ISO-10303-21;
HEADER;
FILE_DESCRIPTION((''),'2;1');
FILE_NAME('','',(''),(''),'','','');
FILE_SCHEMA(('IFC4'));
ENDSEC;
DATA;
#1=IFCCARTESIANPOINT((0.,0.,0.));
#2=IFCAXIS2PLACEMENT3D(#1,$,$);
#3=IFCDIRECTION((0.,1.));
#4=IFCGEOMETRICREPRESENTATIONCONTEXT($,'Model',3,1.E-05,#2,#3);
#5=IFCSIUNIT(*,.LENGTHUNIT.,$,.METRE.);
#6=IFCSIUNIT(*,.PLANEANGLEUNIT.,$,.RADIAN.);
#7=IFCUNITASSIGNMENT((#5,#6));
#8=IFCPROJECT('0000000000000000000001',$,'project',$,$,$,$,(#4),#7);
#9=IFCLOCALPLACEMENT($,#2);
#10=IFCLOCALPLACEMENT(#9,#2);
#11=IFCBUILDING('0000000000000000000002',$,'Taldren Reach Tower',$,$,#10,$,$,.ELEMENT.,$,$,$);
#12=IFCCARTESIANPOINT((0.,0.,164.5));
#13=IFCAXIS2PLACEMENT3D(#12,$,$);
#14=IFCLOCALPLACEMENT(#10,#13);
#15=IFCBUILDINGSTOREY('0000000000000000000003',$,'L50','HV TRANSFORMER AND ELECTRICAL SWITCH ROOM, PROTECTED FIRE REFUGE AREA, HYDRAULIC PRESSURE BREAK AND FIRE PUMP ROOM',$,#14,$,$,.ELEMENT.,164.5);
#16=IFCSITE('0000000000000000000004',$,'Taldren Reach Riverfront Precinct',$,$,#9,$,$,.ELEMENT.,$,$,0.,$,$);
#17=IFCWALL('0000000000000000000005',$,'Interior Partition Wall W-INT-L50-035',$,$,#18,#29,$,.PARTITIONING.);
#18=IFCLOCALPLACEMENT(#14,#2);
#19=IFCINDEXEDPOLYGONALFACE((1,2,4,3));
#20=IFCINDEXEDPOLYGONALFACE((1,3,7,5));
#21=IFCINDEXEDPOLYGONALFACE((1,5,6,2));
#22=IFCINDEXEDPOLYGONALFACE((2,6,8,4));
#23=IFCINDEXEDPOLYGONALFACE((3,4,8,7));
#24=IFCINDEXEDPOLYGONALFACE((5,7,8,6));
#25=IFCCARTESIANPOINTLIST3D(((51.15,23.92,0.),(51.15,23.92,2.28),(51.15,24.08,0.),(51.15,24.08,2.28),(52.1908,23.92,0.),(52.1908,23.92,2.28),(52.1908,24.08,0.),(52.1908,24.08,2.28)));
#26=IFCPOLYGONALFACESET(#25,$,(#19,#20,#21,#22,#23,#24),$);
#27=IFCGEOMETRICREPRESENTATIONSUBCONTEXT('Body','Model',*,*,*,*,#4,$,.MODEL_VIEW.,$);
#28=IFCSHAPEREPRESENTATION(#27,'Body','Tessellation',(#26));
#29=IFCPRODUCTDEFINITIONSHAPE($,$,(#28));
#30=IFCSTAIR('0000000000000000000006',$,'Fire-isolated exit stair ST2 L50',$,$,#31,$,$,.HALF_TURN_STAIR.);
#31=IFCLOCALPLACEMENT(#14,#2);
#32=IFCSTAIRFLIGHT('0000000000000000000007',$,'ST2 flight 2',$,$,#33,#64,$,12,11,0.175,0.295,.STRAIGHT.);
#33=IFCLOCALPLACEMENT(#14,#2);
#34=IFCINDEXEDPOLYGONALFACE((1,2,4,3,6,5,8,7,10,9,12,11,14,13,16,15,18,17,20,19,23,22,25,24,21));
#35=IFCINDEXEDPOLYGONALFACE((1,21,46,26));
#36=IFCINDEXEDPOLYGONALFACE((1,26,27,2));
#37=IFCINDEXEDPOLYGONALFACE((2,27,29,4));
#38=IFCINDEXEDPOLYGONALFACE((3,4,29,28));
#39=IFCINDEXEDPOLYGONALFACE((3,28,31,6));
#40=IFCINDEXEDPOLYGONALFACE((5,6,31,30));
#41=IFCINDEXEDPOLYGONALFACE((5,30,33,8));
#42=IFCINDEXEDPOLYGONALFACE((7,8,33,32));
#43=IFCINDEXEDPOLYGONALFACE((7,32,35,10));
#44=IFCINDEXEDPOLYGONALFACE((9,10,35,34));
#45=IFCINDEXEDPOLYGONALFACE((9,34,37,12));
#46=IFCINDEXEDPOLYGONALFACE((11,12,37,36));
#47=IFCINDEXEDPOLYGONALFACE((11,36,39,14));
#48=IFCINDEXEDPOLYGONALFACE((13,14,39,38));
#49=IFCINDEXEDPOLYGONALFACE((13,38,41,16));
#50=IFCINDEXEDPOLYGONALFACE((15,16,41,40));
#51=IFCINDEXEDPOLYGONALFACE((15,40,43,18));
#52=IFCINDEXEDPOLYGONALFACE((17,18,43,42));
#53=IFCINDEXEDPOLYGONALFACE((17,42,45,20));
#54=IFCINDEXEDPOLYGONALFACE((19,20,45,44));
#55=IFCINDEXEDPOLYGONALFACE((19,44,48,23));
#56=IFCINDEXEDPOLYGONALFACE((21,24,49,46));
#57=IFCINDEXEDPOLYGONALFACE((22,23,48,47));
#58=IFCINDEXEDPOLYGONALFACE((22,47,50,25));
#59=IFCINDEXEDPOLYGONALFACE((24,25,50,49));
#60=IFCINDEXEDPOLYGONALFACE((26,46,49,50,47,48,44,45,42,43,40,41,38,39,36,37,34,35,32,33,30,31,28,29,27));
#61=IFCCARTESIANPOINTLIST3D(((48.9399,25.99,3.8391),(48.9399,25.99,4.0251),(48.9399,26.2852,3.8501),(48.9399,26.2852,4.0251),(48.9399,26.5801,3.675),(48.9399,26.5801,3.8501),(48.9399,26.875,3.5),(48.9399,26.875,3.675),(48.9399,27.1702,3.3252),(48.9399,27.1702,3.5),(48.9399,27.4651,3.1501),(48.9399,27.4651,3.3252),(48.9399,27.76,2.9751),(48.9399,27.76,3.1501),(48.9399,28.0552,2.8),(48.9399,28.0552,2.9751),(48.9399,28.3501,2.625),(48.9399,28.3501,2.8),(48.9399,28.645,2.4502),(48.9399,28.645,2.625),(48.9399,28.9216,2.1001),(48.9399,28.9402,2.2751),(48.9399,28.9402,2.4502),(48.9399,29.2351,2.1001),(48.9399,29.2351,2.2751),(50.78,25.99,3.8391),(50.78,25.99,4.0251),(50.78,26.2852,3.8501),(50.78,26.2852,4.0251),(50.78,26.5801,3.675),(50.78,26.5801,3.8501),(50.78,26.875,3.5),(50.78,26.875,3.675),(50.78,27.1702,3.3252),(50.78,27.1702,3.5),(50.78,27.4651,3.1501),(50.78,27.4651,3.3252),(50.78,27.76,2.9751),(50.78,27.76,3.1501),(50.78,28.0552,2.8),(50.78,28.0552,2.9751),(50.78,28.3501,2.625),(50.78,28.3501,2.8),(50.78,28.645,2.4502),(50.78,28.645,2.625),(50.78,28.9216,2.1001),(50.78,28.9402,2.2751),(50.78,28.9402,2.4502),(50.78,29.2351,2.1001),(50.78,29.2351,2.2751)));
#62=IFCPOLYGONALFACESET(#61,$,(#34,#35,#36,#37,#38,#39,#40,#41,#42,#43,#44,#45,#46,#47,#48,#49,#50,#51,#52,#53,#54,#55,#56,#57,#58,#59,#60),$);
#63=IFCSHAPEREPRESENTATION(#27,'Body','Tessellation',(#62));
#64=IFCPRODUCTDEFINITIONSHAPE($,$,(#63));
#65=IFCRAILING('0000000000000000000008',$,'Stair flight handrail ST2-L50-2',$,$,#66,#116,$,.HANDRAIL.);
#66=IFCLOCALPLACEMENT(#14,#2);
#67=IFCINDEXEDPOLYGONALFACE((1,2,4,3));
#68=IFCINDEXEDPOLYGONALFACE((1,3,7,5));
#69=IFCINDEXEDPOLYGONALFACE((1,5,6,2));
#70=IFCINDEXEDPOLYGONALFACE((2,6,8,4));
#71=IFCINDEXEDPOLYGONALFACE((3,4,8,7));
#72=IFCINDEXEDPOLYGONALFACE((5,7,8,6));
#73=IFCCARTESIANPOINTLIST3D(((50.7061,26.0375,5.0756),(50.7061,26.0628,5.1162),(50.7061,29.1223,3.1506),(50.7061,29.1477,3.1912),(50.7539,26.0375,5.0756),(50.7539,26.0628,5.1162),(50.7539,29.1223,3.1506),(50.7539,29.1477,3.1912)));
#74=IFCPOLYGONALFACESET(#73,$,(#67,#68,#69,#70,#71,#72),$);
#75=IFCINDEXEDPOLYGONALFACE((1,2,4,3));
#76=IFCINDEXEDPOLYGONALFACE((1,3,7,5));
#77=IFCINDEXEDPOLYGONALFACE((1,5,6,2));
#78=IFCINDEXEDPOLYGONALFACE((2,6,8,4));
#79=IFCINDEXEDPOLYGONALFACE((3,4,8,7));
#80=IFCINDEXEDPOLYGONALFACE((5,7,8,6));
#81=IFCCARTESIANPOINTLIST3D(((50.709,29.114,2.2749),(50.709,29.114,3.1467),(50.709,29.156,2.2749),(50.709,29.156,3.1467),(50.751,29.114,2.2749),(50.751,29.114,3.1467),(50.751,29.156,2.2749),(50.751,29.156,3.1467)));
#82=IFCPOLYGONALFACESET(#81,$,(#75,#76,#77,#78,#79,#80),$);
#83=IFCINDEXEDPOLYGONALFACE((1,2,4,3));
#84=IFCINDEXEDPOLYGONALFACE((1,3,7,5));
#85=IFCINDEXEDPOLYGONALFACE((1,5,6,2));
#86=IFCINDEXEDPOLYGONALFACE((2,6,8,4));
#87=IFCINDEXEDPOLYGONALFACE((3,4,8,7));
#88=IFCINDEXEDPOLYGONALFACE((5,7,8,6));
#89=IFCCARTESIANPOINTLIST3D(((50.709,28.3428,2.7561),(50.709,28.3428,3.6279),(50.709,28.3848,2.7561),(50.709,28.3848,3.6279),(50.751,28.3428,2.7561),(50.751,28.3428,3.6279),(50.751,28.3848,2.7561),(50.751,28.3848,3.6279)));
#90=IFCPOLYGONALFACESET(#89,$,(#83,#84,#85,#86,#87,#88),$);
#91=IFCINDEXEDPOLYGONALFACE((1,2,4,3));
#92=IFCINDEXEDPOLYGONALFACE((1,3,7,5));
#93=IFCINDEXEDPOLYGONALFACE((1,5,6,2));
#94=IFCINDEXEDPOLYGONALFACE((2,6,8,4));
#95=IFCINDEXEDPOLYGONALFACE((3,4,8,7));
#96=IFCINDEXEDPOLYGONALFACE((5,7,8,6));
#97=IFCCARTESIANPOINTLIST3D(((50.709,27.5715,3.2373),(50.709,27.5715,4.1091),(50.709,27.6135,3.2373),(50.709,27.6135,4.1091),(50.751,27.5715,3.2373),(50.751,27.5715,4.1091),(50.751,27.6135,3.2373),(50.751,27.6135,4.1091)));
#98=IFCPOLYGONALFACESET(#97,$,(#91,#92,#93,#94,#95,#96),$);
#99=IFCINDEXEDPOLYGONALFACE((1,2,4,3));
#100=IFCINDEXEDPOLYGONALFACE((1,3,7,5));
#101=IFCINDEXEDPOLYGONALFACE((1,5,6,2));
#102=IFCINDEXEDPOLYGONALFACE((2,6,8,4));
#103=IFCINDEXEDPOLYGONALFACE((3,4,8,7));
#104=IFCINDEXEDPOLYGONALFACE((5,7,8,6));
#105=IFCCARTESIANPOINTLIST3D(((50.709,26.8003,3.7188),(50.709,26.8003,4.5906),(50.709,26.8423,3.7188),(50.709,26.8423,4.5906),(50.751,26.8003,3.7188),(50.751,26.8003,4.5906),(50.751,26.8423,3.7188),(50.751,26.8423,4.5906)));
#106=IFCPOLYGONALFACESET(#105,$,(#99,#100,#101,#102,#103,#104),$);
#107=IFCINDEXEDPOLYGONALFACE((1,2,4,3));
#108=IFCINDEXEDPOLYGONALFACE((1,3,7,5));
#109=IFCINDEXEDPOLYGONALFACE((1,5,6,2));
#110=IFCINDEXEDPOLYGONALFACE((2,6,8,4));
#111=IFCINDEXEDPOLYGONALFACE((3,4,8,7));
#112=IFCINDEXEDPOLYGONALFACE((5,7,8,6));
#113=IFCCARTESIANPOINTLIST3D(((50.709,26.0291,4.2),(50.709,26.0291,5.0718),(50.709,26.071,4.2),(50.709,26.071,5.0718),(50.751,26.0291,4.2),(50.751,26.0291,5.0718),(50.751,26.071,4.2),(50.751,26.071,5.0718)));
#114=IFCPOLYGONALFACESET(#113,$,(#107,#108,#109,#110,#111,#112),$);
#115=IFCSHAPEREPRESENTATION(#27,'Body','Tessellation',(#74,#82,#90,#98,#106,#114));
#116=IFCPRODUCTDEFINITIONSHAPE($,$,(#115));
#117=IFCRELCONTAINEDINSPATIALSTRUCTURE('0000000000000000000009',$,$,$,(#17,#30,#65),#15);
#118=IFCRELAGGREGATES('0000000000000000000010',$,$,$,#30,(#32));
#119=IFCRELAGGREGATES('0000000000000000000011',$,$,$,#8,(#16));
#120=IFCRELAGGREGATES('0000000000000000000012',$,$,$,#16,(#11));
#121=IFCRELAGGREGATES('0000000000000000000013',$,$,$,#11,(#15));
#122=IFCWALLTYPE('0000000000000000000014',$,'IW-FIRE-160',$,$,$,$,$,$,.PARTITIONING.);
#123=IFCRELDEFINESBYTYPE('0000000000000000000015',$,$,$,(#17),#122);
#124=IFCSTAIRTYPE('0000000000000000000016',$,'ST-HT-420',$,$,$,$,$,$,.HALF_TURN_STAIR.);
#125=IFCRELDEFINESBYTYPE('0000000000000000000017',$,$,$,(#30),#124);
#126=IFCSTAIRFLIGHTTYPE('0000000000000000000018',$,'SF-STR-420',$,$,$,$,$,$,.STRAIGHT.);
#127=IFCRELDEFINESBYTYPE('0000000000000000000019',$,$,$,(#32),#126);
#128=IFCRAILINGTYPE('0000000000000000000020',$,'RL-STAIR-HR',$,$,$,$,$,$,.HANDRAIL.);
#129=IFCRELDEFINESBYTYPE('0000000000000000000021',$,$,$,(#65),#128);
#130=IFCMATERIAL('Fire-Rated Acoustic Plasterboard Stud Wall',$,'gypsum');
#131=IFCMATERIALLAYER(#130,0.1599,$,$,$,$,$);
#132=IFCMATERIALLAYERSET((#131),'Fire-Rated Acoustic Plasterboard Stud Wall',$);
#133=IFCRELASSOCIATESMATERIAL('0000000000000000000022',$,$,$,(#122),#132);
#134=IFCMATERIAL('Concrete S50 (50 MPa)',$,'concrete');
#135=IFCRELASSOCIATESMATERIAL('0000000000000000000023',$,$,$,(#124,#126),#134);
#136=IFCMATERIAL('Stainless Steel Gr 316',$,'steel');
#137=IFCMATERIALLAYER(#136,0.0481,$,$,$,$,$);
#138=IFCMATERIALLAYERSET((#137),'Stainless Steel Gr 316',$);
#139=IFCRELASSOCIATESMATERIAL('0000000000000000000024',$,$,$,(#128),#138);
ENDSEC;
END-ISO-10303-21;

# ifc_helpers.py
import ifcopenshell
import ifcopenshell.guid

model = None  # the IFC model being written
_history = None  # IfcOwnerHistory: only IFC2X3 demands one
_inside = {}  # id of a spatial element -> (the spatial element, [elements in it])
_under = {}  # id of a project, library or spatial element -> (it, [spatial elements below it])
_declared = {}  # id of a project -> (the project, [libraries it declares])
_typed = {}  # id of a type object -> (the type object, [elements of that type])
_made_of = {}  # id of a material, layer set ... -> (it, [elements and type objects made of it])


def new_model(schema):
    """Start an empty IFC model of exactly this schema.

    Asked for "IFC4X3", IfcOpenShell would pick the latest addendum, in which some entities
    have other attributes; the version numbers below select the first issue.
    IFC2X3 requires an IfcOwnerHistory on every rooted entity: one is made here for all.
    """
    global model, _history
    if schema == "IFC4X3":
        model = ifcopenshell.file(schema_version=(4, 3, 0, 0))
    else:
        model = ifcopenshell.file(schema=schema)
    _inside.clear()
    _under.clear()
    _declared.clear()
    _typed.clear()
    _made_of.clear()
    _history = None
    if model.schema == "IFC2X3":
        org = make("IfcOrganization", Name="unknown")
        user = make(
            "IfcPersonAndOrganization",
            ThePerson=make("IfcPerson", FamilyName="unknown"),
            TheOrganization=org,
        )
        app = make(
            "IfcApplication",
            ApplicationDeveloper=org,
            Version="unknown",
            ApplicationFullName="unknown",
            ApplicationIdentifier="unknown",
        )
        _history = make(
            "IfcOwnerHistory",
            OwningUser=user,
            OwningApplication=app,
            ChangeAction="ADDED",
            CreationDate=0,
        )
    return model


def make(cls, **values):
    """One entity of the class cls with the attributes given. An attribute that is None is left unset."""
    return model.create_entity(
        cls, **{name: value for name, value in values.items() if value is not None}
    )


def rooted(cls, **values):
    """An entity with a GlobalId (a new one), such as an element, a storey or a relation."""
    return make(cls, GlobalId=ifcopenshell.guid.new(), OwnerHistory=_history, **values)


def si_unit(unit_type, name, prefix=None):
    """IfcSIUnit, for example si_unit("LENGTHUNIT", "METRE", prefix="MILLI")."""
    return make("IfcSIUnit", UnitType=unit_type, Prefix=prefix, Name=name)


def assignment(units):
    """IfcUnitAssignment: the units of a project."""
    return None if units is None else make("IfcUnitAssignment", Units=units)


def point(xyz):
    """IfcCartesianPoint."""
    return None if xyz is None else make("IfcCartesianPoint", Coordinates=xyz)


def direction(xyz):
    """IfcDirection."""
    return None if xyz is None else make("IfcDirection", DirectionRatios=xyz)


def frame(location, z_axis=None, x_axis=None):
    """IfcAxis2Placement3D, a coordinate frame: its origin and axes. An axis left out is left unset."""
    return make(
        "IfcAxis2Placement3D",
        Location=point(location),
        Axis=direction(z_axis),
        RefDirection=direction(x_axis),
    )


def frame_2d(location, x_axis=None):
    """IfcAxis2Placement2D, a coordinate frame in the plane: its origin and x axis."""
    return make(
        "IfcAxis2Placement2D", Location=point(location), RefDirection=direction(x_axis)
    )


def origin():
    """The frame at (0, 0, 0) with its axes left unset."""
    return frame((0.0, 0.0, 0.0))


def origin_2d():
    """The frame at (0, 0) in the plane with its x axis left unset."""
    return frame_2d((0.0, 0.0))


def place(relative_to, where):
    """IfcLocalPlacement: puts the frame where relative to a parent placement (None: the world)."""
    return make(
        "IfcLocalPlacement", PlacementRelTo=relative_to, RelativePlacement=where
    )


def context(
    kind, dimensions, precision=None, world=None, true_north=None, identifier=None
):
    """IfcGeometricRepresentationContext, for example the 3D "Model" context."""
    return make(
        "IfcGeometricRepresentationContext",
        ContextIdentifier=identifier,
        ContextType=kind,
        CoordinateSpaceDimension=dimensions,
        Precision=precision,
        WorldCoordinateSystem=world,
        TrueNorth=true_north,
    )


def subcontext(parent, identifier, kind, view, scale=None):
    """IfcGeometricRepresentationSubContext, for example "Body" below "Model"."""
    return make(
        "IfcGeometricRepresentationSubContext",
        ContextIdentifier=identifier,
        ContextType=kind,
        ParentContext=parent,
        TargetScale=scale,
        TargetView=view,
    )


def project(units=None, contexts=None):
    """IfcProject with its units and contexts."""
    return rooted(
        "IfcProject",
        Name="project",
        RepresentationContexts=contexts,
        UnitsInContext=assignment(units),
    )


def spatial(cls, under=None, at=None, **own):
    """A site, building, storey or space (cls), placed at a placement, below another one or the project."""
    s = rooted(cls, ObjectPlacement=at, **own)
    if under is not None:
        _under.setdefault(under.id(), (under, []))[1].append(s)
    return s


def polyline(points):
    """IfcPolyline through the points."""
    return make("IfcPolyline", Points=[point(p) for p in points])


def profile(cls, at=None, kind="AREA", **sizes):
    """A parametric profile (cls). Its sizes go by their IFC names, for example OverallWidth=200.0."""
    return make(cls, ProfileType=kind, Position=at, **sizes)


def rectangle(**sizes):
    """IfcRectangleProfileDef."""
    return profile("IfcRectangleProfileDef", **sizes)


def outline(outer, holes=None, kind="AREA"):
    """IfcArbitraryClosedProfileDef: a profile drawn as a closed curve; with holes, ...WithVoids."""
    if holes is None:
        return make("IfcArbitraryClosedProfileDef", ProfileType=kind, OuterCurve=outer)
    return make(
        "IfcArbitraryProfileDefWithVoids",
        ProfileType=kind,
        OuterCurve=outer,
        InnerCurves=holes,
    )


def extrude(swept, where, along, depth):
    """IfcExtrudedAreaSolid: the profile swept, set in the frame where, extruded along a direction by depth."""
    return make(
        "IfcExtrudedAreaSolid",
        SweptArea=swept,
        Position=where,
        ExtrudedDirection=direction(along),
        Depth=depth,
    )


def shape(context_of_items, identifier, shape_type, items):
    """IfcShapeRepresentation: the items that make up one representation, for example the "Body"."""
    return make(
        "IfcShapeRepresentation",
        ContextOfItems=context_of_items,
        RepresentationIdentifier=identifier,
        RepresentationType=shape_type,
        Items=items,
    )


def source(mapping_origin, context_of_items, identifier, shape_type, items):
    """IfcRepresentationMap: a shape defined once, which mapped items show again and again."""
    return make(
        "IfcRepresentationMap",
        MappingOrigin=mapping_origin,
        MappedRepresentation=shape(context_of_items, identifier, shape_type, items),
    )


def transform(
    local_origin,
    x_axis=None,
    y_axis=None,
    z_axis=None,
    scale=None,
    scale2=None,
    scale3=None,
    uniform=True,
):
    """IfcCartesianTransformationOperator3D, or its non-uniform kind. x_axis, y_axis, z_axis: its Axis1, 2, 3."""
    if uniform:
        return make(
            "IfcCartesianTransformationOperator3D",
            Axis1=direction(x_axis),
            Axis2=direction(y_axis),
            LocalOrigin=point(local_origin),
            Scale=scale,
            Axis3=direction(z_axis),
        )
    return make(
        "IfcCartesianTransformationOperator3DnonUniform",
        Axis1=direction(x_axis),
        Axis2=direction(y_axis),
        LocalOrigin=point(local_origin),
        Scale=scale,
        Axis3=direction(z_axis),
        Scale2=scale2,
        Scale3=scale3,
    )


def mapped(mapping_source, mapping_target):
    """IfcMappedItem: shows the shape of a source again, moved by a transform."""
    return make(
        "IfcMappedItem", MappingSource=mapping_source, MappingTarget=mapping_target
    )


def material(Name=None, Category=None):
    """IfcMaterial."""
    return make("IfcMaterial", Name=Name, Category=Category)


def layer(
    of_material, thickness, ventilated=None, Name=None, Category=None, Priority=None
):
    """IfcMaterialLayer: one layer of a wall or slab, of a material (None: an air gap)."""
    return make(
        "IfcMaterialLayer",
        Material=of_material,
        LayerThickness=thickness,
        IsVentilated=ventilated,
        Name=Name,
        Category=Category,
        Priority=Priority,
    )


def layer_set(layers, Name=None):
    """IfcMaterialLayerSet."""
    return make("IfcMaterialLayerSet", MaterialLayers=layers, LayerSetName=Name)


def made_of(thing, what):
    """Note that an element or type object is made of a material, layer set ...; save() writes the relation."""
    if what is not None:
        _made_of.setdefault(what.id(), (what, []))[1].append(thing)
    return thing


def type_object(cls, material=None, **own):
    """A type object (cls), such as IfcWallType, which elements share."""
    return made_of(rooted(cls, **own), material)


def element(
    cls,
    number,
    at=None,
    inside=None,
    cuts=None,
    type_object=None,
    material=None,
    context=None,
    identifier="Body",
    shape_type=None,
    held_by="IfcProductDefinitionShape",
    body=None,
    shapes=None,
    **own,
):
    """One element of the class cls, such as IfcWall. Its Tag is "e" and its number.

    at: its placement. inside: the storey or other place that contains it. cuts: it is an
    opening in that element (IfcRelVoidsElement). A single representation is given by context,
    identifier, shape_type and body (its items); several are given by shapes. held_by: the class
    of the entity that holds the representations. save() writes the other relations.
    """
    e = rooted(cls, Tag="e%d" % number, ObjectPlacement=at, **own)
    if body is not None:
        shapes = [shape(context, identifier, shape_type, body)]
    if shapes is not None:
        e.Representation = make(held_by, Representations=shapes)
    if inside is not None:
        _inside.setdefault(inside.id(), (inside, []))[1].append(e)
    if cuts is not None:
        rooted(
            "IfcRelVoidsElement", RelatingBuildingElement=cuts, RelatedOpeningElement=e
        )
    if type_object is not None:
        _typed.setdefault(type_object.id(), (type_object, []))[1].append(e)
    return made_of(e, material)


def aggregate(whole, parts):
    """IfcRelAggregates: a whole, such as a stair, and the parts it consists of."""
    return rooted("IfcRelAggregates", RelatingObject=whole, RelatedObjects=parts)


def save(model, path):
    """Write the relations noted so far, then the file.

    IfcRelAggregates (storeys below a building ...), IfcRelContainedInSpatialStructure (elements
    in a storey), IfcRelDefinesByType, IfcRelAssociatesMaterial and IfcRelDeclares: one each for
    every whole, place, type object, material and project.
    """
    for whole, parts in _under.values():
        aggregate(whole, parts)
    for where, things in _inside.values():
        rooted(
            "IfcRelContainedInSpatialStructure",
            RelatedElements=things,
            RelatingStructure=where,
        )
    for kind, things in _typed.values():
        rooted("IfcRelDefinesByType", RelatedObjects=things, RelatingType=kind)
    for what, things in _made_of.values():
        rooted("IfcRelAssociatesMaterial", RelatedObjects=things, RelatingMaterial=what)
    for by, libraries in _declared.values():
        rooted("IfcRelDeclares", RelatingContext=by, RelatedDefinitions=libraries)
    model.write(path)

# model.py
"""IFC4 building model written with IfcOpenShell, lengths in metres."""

from ifc_helpers import new_model, si_unit, direction, frame, frame_2d, origin, origin_2d, place, context, subcontext, project, spatial, polyline, rectangle, outline, extrude, source, transform, mapped, material, layer, layer_set, type_object, element, aggregate, save


model = new_model("IFC4")

# Units and contexts
model_context = context("Model", 3, precision=1e-05, world=origin(), true_north=direction((0.0, 1.0)))
body_context = subcontext(model_context, "Body", "Model", "MODEL_VIEW")
ifc_project = project(units=[si_unit("LENGTHUNIT", "METRE"), si_unit("PLANEANGLEUNIT", "RADIAN")], contexts=[model_context])

# Site, building, storey
site_placement = place(None, origin())
site = spatial("IfcSite", under=ifc_project, at=site_placement, Name="Taldren Reach Riverfront Precinct", CompositionType="ELEMENT", RefElevation=0.0)
building_placement = place(site_placement, origin())
building = spatial("IfcBuilding", under=site, at=building_placement, Name="Taldren Reach Tower", CompositionType="ELEMENT")
storey_placement = place(building_placement, frame((0.0, 0.0, 164.5)))
storey = spatial("IfcBuildingStorey", under=building, at=storey_placement, Name="L50", Description="HV TRANSFORMER AND ELECTRICAL SWITCH ROOM, PROTECTED FIRE REFUGE AREA, HYDRAULIC PRESSURE BREAK AND FIRE PUMP ROOM", CompositionType="ELEMENT", Elevation=164.5)

# Wall
ifc_material_1 = material(Name="Fire-Rated Acoustic Plasterboard Stud Wall", Category="gypsum")
ifc_layer_1 = layer(ifc_material_1, 0.1599)
ifc_layer_set_1 = layer_set([ifc_layer_1], Name="Fire-Rated Acoustic Plasterboard Stud Wall")
wall_type_1 = type_object("IfcWallType", Name="IW-FIRE-160", PredefinedType="PARTITIONING", material=ifc_layer_set_1)
shared_shape_1 = source(origin(), body_context, "Body", "SweptSolid", [
    extrude(rectangle(XDim=1.0408, YDim=0.1599, at=frame_2d((0.5205, 0.0))), origin(), (0.0, 0.0, 1.0), 2.28),
])
wall_1_placement = place(storey_placement, frame((51.1499, 24.0, 0.0), z_axis=(0.0, 0.0, 1.0), x_axis=(1.0, 0.0, 0.0)))
element("IfcWall", 1, at=wall_1_placement, inside=storey, type_object=wall_type_1, Name="Interior Partition Wall W-INT-L50-035", PredefinedType="PARTITIONING", context=body_context, shape_type="MappedRepresentation", body=[
    mapped(shared_shape_1, transform((0.0, 0.0, 0.0), scale=1.0)),
])

# Stair, stair flight
ifc_material_2 = material(Name="Concrete S50 (50 MPa)", Category="concrete")
stair_type = type_object("IfcStairType", Name="ST-HT-420", PredefinedType="HALF_TURN_STAIR", material=ifc_material_2)
stair_placement = place(storey_placement, origin())
stair = element("IfcStair", 2, at=stair_placement, inside=storey, type_object=stair_type, Name="Fire-isolated exit stair ST2 L50", PredefinedType="HALF_TURN_STAIR")
stair_flight_type = type_object("IfcStairFlightType", Name="SF-STR-420", PredefinedType="STRAIGHT", material=ifc_material_2)
stair_flight_placement = place(storey_placement, frame((49.8601, 29.2351, 2.1001), z_axis=(0.0, 0.0, 1.0), x_axis=(0.0, -1.0, 0.0)))
stair_flight = element("IfcStairFlight", 3, at=stair_flight_placement, type_object=stair_flight_type, Name="ST2 flight 2", NumberOfRisers=12, NumberOfTreads=11, PredefinedType="STRAIGHT", RiserHeight=0.175, TreadLength=0.295, context=body_context, shape_type="SweptSolid", body=[
    extrude(outline(polyline([(0.0, 0.0), (0.0, 0.175), (0.2949, 0.175), (0.2949, 0.3501), (0.5901, 0.3501), (0.5901, 0.5249), (0.885, 0.5249), (0.885, 0.7), (1.1799, 0.7), (1.1799, 0.875), (1.4751, 0.875), (1.4751, 1.05), (1.77, 1.05), (1.77, 1.2251), (2.0649, 1.2251), (2.0649, 1.3999), (2.3601, 1.3999), (2.3601, 1.575), (2.655, 1.575), (2.655, 1.75), (2.95, 1.75), (2.95, 1.925), (3.2451, 1.925), (3.2451, 2.1001), (3.2451, 1.739), (0.3135, 0.0), (0.0, 0.0)])), frame((0.0, 0.9199, 0.0), z_axis=(0.0, -1.0, 0.0), x_axis=(1.0, 0.0, 0.0)), (0.0, 0.0, 1.0), 1.8401),
])
aggregate(stair, [stair_flight])

# Railing
ifc_material_3 = material(Name="Stainless Steel Gr 316", Category="steel")
ifc_layer_2 = layer(ifc_material_3, 0.0481)
ifc_layer_set_2 = layer_set([ifc_layer_2], Name="Stainless Steel Gr 316")
railing_type = type_object("IfcRailingType", Name="RL-STAIR-HR", PredefinedType="HANDRAIL", material=ifc_layer_set_2)
railing_placement = place(storey_placement, frame((50.73, 29.135, 2.2749)))
element("IfcRailing", 4, at=railing_placement, inside=storey, type_object=railing_type, Name="Stair flight handrail ST2-L50-2", PredefinedType="HANDRAIL", context=body_context, shape_type="SweptSolid", body=[
    extrude(rectangle(XDim=0.0479, YDim=0.0479, at=origin_2d()), frame((0.0, 0.0, 0.896), z_axis=(0.0, -0.848375, 0.529395), x_axis=(1.0, 0.0, 0.0)), (0.0, 0.0, 1.0), 3.6362),
    extrude(rectangle(XDim=0.042, YDim=0.042, at=origin_2d()), origin(), (0.0, 0.0, 1.0), 0.8718),
    extrude(rectangle(XDim=0.042, YDim=0.042, at=origin_2d()), frame((0.0, -0.7712, 0.4812)), (0.0, 0.0, 1.0), 0.8718),
    extrude(rectangle(XDim=0.042, YDim=0.042, at=origin_2d()), frame((0.0, -1.5425, 0.9624)), (0.0, 0.0, 1.0), 0.8718),
    extrude(rectangle(XDim=0.042, YDim=0.042, at=origin_2d()), frame((0.0, -2.3137, 1.4438)), (0.0, 0.0, 1.0), 0.8718),
    extrude(rectangle(XDim=0.042, YDim=0.042, at=origin_2d()), frame((0.0, -3.085, 1.925)), (0.0, 0.0, 1.0), 0.8718),
])

save(model, "model.ifc")
